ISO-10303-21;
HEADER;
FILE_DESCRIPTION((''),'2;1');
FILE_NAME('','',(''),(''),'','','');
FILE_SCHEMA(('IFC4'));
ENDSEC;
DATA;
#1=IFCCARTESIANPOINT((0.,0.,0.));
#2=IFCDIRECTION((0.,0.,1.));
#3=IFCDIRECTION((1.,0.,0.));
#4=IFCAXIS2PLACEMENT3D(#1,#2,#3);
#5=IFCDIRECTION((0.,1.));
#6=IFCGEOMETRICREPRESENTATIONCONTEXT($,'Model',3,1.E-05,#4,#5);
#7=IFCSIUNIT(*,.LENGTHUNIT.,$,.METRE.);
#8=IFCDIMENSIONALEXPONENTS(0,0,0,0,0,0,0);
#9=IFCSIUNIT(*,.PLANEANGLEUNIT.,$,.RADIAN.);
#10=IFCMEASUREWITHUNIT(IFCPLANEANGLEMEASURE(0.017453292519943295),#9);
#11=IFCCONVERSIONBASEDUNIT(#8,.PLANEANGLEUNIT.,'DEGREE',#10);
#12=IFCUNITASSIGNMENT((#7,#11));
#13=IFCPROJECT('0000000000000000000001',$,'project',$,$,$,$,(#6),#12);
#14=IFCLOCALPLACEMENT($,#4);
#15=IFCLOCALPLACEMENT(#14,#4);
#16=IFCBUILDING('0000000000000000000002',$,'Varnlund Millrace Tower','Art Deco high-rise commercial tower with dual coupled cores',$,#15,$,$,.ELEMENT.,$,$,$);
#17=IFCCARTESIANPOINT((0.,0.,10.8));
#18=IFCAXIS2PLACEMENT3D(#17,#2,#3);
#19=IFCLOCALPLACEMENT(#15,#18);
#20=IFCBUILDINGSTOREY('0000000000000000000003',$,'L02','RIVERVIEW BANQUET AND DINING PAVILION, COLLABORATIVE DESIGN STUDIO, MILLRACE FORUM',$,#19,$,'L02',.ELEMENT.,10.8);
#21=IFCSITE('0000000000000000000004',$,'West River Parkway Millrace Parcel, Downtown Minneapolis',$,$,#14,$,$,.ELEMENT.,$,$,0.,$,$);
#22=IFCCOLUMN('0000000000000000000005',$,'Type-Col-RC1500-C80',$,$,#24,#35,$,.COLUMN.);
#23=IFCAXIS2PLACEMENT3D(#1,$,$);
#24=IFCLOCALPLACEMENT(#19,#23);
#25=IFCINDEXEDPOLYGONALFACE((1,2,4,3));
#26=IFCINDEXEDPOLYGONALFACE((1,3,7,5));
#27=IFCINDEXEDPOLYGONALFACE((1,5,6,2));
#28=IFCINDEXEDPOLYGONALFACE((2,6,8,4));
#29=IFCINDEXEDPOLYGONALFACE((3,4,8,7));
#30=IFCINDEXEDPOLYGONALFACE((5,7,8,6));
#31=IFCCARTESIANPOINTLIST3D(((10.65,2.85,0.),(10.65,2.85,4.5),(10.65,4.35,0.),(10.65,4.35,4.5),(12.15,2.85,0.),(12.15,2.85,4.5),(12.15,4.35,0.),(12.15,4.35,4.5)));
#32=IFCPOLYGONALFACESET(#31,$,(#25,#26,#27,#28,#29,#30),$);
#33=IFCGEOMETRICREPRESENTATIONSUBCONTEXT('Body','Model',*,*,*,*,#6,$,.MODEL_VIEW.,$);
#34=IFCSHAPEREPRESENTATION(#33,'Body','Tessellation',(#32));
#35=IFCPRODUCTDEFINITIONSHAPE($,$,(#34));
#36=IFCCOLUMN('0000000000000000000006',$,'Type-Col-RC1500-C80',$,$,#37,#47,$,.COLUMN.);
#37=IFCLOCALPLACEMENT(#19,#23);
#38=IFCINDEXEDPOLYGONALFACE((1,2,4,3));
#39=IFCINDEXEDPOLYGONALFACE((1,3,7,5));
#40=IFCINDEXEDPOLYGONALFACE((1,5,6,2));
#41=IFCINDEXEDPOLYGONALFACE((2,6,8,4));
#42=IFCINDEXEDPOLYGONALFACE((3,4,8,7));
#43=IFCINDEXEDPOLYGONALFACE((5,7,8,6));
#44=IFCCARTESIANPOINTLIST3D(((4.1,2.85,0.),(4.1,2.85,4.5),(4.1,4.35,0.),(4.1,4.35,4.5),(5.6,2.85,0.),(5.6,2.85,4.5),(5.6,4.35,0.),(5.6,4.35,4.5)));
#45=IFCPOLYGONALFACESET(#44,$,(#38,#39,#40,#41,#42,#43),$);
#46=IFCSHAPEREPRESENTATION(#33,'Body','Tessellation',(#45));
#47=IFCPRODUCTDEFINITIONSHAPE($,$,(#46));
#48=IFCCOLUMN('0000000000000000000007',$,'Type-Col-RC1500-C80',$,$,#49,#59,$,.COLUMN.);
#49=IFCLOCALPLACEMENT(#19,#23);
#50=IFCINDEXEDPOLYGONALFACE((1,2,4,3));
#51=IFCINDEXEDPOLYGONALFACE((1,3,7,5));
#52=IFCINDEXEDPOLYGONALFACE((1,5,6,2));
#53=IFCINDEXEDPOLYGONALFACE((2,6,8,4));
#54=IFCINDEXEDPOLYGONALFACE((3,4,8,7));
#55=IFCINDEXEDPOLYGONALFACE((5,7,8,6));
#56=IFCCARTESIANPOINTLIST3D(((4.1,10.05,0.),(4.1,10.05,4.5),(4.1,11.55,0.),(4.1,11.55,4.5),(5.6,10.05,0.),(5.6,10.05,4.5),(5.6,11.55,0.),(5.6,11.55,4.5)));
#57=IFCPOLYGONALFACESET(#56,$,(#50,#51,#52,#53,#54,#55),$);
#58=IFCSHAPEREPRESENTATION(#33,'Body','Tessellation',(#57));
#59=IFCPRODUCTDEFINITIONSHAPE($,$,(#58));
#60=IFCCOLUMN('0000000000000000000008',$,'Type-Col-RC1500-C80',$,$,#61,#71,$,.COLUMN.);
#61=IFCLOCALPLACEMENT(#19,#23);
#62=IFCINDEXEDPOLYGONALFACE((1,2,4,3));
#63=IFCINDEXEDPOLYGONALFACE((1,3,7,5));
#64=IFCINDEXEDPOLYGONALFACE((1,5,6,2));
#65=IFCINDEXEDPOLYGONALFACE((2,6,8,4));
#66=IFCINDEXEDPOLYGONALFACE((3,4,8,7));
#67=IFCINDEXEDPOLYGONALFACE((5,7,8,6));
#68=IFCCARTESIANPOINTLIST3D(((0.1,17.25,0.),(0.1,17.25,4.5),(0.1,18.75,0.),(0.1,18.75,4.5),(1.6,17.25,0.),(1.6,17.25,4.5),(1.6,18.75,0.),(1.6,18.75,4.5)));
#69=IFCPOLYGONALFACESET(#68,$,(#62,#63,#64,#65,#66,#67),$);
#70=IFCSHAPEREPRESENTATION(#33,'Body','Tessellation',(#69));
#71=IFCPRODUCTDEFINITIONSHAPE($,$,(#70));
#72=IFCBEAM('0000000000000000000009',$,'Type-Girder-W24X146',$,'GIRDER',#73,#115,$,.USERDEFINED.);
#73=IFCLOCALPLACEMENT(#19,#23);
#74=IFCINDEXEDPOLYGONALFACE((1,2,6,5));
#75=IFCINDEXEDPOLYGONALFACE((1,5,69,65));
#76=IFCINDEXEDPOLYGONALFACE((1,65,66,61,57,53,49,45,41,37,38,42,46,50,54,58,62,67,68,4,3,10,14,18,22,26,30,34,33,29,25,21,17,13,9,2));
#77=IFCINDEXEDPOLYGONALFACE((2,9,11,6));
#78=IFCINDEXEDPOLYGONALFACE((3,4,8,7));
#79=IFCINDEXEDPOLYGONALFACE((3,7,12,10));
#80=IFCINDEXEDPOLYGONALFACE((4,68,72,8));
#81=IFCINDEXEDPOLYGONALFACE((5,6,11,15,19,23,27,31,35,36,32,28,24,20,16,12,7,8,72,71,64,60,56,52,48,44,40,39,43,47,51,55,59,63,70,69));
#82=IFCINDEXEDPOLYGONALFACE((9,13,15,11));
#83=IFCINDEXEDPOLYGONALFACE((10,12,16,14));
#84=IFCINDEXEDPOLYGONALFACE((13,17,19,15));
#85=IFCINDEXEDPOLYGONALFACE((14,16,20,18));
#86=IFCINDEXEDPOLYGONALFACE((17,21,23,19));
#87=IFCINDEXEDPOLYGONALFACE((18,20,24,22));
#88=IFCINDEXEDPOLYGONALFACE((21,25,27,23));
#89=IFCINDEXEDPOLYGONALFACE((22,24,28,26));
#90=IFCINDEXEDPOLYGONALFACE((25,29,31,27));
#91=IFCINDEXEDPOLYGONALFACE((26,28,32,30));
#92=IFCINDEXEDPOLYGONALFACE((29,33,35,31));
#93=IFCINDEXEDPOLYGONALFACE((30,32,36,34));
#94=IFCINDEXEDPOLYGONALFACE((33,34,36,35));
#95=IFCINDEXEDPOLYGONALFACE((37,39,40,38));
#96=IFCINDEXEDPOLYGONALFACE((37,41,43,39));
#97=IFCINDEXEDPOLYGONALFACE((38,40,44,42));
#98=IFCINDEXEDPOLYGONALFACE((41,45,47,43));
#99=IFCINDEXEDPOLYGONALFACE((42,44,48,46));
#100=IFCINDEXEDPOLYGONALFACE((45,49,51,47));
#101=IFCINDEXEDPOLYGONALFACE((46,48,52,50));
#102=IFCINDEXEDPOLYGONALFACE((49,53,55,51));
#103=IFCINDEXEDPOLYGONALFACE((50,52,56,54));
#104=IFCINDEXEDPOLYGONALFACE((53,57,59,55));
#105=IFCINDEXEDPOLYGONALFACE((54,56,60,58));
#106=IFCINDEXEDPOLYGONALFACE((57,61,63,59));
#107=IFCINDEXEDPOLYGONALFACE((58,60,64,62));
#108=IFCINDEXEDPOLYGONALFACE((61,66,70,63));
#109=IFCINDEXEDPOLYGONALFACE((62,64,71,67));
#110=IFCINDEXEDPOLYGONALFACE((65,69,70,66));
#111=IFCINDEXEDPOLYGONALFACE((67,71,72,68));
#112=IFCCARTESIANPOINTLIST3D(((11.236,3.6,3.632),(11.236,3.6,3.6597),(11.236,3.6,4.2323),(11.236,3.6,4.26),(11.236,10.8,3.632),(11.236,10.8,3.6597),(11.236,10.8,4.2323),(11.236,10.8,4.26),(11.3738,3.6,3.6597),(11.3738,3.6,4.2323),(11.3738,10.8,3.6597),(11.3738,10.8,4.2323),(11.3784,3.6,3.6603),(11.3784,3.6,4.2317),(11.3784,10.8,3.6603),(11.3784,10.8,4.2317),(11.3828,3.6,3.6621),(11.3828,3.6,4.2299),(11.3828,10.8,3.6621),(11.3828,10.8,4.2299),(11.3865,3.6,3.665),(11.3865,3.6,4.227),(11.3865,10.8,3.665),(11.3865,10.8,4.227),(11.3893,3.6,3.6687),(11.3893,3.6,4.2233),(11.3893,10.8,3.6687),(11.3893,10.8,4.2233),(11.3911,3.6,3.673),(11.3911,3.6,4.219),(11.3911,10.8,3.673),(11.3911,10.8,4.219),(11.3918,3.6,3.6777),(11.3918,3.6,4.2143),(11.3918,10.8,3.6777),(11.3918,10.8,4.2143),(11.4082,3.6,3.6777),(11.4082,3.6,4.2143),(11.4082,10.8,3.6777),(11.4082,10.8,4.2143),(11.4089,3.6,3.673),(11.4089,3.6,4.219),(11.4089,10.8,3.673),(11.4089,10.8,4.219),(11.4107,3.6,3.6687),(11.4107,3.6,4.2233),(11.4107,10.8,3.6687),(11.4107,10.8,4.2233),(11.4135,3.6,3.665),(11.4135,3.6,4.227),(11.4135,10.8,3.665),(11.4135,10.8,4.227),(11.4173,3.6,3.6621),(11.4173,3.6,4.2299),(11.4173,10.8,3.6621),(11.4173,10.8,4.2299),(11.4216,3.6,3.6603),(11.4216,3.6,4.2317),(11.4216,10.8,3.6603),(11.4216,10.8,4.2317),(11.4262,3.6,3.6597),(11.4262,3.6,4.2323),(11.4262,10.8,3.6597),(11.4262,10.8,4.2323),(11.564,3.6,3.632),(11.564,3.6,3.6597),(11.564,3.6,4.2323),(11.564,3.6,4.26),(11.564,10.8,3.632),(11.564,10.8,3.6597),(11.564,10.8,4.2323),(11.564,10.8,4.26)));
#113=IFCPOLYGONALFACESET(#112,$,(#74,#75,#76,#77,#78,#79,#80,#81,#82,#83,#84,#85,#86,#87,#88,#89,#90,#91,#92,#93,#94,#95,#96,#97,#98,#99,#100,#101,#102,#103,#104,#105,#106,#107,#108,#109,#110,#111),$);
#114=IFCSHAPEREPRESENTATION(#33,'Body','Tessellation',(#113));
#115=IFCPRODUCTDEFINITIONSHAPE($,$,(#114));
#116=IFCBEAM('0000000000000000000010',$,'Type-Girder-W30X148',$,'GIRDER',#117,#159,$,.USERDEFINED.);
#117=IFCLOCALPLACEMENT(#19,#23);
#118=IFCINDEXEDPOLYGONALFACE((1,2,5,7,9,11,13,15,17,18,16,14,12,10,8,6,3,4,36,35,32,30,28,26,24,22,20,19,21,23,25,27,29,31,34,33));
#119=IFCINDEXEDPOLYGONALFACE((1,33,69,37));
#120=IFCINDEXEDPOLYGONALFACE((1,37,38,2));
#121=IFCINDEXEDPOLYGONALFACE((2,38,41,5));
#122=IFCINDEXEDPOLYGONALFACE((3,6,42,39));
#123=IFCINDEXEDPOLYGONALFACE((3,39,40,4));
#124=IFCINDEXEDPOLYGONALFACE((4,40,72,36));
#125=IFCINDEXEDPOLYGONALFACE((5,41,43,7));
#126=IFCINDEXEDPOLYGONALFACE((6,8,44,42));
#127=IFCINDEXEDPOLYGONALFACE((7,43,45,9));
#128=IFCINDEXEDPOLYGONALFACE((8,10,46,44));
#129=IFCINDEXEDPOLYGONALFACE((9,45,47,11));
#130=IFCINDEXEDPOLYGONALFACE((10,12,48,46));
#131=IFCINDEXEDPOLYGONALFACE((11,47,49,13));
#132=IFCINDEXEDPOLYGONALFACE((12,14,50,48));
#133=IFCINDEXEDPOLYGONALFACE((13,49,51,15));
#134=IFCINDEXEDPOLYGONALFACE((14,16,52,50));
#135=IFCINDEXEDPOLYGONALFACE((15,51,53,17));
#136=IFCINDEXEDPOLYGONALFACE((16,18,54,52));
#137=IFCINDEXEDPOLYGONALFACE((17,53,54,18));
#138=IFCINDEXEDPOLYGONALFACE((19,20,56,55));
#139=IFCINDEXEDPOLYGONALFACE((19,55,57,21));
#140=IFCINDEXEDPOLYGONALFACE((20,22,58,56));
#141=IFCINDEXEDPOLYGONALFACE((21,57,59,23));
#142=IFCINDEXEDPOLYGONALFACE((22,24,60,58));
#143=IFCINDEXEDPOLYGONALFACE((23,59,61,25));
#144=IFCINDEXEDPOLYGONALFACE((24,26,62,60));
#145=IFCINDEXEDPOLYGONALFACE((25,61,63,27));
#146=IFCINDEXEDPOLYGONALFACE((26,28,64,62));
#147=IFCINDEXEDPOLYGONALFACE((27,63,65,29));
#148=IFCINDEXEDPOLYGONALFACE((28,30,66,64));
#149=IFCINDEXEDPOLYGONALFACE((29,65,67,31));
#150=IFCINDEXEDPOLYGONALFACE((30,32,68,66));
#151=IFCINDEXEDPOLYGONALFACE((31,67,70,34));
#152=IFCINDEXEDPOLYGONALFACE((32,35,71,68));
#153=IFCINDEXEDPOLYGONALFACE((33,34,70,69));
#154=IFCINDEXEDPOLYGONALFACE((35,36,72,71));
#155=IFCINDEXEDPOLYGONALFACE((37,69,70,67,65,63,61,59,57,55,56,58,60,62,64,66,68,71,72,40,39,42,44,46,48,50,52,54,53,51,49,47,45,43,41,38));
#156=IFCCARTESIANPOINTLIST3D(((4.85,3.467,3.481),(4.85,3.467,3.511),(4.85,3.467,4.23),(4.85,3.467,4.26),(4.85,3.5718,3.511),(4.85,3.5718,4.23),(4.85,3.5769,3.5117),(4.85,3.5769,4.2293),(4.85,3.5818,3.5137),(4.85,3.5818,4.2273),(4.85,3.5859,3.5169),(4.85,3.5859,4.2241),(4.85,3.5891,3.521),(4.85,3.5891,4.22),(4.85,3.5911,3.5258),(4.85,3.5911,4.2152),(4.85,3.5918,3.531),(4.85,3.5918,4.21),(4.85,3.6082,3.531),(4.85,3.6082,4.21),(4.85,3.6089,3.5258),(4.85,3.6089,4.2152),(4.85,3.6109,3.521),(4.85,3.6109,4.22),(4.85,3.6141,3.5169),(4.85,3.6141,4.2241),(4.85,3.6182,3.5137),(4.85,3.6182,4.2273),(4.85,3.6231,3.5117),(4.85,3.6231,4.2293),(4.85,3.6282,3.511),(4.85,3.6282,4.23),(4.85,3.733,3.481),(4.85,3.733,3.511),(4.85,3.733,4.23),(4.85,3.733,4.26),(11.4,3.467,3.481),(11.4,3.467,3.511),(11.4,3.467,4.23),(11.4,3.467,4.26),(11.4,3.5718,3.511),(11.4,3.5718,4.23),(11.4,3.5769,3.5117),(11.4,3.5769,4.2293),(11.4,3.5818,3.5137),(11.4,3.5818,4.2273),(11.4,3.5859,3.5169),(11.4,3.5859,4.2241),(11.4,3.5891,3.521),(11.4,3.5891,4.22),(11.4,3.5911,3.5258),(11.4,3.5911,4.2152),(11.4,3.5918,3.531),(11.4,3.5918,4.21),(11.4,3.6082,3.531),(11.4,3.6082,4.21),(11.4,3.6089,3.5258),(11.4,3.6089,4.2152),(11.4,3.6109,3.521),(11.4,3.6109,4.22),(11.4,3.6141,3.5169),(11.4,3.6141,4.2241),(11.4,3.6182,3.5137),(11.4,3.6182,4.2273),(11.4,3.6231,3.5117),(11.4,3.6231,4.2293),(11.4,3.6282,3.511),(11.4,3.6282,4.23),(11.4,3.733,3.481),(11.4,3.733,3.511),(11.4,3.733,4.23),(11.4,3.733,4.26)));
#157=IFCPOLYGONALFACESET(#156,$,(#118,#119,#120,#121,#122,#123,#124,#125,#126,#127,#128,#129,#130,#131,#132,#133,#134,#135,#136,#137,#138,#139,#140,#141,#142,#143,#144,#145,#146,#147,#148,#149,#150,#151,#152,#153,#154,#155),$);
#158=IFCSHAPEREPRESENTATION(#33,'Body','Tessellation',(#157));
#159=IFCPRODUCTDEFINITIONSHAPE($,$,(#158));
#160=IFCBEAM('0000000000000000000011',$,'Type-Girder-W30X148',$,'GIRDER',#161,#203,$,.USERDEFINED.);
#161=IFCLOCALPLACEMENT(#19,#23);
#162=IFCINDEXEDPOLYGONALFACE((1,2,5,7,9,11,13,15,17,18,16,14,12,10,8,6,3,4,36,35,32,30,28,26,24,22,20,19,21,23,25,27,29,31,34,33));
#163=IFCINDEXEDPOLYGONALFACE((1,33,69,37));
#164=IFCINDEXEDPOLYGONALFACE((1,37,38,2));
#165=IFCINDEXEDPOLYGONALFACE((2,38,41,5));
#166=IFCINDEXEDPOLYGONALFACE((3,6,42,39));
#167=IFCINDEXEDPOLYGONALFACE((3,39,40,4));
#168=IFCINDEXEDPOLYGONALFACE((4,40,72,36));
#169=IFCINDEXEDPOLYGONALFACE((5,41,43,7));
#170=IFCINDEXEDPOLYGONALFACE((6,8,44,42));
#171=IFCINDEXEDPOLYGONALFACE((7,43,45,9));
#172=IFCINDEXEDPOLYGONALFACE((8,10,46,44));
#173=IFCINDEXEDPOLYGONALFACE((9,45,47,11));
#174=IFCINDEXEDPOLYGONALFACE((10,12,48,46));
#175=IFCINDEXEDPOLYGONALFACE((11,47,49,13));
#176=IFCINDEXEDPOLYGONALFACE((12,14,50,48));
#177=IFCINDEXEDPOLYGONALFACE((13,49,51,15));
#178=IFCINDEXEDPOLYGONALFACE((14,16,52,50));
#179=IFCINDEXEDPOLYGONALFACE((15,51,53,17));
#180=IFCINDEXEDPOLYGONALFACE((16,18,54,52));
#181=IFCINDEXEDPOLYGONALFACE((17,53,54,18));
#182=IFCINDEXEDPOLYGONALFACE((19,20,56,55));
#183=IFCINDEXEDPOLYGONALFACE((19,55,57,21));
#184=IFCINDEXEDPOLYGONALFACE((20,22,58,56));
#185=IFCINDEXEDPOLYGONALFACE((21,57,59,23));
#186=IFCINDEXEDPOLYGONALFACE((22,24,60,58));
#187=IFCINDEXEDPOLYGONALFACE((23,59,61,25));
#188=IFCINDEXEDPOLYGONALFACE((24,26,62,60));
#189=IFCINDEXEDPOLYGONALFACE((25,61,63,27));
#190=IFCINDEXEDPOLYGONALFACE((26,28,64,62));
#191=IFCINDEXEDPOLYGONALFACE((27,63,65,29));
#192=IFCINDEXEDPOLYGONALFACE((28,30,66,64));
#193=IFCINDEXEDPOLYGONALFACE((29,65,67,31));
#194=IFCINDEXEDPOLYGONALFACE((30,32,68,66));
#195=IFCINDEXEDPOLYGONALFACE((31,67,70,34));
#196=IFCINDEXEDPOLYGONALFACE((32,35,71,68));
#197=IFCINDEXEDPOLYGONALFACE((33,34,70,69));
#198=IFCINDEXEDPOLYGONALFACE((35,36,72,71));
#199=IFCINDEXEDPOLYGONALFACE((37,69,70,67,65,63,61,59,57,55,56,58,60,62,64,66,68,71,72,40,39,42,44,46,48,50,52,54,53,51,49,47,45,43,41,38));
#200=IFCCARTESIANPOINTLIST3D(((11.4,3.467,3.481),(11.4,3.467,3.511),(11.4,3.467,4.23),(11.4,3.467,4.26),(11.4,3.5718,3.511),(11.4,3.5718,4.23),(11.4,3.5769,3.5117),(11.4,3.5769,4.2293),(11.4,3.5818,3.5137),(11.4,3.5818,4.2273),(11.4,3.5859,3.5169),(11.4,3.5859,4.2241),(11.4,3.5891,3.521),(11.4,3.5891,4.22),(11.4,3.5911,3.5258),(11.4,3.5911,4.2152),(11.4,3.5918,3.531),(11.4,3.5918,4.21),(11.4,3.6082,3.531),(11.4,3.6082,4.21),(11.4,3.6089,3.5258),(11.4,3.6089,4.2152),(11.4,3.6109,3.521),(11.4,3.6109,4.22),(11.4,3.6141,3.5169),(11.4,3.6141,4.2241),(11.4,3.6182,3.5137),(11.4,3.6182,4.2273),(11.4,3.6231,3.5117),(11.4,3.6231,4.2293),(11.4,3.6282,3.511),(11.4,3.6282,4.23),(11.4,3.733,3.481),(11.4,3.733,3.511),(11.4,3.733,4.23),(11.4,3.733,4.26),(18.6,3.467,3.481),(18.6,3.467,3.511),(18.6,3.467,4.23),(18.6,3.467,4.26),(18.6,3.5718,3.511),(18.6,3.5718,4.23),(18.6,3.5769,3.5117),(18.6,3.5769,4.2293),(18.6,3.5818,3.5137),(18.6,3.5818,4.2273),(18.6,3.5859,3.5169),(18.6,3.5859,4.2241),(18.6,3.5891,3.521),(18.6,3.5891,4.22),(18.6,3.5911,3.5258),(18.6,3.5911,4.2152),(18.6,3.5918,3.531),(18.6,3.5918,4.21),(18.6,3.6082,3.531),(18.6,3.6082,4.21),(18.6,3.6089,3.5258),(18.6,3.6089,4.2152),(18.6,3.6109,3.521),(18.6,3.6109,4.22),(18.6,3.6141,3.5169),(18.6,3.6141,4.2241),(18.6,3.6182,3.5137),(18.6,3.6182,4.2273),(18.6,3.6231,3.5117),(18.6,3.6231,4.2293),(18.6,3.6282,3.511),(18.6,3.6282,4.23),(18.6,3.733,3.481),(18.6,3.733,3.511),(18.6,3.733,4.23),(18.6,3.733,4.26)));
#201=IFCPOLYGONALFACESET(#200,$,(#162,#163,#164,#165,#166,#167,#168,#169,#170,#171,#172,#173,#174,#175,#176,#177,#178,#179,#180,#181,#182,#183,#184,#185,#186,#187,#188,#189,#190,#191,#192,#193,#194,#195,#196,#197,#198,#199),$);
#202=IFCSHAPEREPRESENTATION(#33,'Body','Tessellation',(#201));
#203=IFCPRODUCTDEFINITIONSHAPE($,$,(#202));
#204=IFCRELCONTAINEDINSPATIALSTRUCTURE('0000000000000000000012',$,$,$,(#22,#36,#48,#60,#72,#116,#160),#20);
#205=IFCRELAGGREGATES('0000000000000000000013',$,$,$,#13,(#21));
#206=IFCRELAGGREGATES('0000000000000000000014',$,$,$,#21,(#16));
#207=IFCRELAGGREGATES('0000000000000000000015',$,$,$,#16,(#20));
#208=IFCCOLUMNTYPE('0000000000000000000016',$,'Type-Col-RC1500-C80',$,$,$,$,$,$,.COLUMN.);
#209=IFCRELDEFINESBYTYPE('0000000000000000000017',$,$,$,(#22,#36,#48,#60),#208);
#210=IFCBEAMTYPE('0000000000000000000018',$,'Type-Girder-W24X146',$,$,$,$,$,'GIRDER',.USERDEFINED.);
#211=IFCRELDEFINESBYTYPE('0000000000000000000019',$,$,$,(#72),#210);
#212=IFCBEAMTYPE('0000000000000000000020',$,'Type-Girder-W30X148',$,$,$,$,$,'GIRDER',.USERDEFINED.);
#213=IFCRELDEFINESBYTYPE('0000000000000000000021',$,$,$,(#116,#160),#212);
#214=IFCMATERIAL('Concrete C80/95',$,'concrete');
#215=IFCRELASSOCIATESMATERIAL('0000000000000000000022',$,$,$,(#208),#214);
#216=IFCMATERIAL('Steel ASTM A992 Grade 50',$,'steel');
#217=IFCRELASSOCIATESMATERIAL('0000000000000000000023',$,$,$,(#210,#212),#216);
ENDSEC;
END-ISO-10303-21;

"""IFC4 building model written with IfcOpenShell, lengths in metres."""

from ifc_helpers import new_model, entity, si_unit, converted_unit, direction, frame, origin_with_axes, origin_2d_with_axis, place, context, subcontext, project, spatial, rectangle, i_section, extrude, material, material_profile, profile_set, type_object, element, save


model = new_model("IFC4")

# Units and contexts
model_context = context("Model", 3, precision=1e-05, world=origin_with_axes(), true_north=direction((0.0, 1.0)))
body_context = subcontext(model_context, "Body", "Model", "MODEL_VIEW")
ifc_project = project(units=[si_unit("LENGTHUNIT", "METRE"), converted_unit("PLANEANGLEUNIT", "DEGREE", entity("IfcPlaneAngleMeasure", 0.017453292519943295), si_unit("PLANEANGLEUNIT", "RADIAN"), dimensions=[0, 0, 0, 0, 0, 0, 0])], contexts=[model_context])

# Site, building, storey
site_placement = place(None, origin_with_axes())
site = spatial("IfcSite", under=ifc_project, at=site_placement, Name="West River Parkway Millrace Parcel, Downtown Minneapolis", CompositionType="ELEMENT", RefElevation=0.0)
building_placement = place(site_placement, origin_with_axes())
building = spatial("IfcBuilding", under=site, at=building_placement, Name="Varnlund Millrace Tower", Description="Art Deco high-rise commercial tower with dual coupled cores", CompositionType="ELEMENT")
storey_placement = place(building_placement, frame((0.0, 0.0, 10.8), z_axis=(0.0, 0.0, 1.0), x_axis=(1.0, 0.0, 0.0)))
storey = spatial("IfcBuildingStorey", under=building, at=storey_placement, Name="L02", Description="RIVERVIEW BANQUET AND DINING PAVILION, COLLABORATIVE DESIGN STUDIO, MILLRACE FORUM", LongName="L02", CompositionType="ELEMENT", Elevation=10.8)

# Columns
ifc_material_1 = material(Name="Concrete C80/95", Category="concrete")
ifc_material_profile_1 = material_profile(ifc_material_1, rectangle(XDim=1.5, YDim=1.5, at=origin_2d_with_axis()), Name="Concrete C80/95")
ifc_profile_set_1 = profile_set([ifc_material_profile_1], Name="Concrete C80/95")
column_type = type_object("IfcColumnType", Name="Type-Col-RC1500-C80", PredefinedType="COLUMN", material=ifc_profile_set_1)
for number, where, z_axis, x_axis, name in (
    (1, (11.4, 3.6, 0.0), (0.0, 0.0, 1.0), (1.0, 0.0, 0.0), "Type-Col-RC1500-C80"),
    (2, (4.85, 3.6, 0.0), (0.0, 0.0, 1.0), (1.0, 0.0, 0.0), "Type-Col-RC1500-C80"),
    (3, (4.85, 10.8, 0.0), (0.0, 0.0, 1.0), (1.0, 0.0, 0.0), "Type-Col-RC1500-C80"),
    (4, (0.85, 18.0, 0.0), (0.0, 0.0, 1.0), (1.0, 0.0, 0.0), "Type-Col-RC1500-C80"),
):
    element("IfcColumn", number, at=place(storey_placement, frame(where, z_axis=z_axis, x_axis=x_axis)), inside=storey, type_object=column_type, Name=name, PredefinedType="COLUMN", context=body_context, shape_type="SweptSolid", body=[
        extrude(rectangle(XDim=1.5, YDim=1.5, at=origin_2d_with_axis()), origin_with_axes(), (0.0, 0.0, 1.0), 4.5),
    ])

# Beams
ifc_material_2 = material(Name="Steel ASTM A992 Grade 50", Category="steel")
ifc_material_profile_2 = material_profile(ifc_material_2, i_section(OverallWidth=0.328, OverallDepth=0.628, WebThickness=0.0165, FlangeThickness=0.0277, FilletRadius=0.018, at=origin_2d_with_axis()), Name="Steel ASTM A992 Grade 50")
ifc_profile_set_2 = profile_set([ifc_material_profile_2], Name="Steel ASTM A992 Grade 50")
beam_type_1 = type_object("IfcBeamType", Name="Type-Girder-W24X146", ElementType="GIRDER", PredefinedType="USERDEFINED", material=ifc_profile_set_2)
beam_1_placement = place(storey_placement, frame((11.4, 3.6, 3.946), z_axis=(0.0, 1.0, 0.0), x_axis=(-1.0, 0.0, 0.0)))
element("IfcBeam", 5, at=beam_1_placement, inside=storey, type_object=beam_type_1, Name="Type-Girder-W24X146", ObjectType="GIRDER", PredefinedType="USERDEFINED", context=body_context, shape_type="SweptSolid", body=[
    extrude(i_section(OverallWidth=0.328, OverallDepth=0.628, WebThickness=0.0165, FlangeThickness=0.0277, FilletRadius=0.018, at=origin_2d_with_axis()), origin_with_axes(), (0.0, 0.0, 1.0), 7.2),
])
ifc_material_profile_3 = material_profile(ifc_material_2, i_section(OverallWidth=0.266, OverallDepth=0.779, WebThickness=0.0165, FlangeThickness=0.03, FilletRadius=0.02, at=origin_2d_with_axis()), Name="Steel ASTM A992 Grade 50")
ifc_profile_set_3 = profile_set([ifc_material_profile_3], Name="Steel ASTM A992 Grade 50")
beam_type_2 = type_object("IfcBeamType", Name="Type-Girder-W30X148", ElementType="GIRDER", PredefinedType="USERDEFINED", material=ifc_profile_set_3)
beam_2_placement = place(storey_placement, frame((4.85, 3.6, 3.8705), z_axis=(1.0, 0.0, 0.0), x_axis=(0.0, 1.0, 0.0)))
element("IfcBeam", 6, at=beam_2_placement, inside=storey, type_object=beam_type_2, Name="Type-Girder-W30X148", ObjectType="GIRDER", PredefinedType="USERDEFINED", context=body_context, shape_type="SweptSolid", body=[
    extrude(i_section(OverallWidth=0.266, OverallDepth=0.779, WebThickness=0.0165, FlangeThickness=0.03, FilletRadius=0.02, at=origin_2d_with_axis()), origin_with_axes(), (0.0, 0.0, 1.0), 6.55),
])
beam_3_placement = place(storey_placement, frame((11.4, 3.6, 3.8705), z_axis=(1.0, 0.0, 0.0), x_axis=(0.0, 1.0, 0.0)))
element("IfcBeam", 7, at=beam_3_placement, inside=storey, type_object=beam_type_2, Name="Type-Girder-W30X148", ObjectType="GIRDER", PredefinedType="USERDEFINED", context=body_context, shape_type="SweptSolid", body=[
    extrude(i_section(OverallWidth=0.266, OverallDepth=0.779, WebThickness=0.0165, FlangeThickness=0.03, FilletRadius=0.02, at=origin_2d_with_axis()), origin_with_axes(), (0.0, 0.0, 1.0), 7.2),
])

save(model, "model.ifc")
